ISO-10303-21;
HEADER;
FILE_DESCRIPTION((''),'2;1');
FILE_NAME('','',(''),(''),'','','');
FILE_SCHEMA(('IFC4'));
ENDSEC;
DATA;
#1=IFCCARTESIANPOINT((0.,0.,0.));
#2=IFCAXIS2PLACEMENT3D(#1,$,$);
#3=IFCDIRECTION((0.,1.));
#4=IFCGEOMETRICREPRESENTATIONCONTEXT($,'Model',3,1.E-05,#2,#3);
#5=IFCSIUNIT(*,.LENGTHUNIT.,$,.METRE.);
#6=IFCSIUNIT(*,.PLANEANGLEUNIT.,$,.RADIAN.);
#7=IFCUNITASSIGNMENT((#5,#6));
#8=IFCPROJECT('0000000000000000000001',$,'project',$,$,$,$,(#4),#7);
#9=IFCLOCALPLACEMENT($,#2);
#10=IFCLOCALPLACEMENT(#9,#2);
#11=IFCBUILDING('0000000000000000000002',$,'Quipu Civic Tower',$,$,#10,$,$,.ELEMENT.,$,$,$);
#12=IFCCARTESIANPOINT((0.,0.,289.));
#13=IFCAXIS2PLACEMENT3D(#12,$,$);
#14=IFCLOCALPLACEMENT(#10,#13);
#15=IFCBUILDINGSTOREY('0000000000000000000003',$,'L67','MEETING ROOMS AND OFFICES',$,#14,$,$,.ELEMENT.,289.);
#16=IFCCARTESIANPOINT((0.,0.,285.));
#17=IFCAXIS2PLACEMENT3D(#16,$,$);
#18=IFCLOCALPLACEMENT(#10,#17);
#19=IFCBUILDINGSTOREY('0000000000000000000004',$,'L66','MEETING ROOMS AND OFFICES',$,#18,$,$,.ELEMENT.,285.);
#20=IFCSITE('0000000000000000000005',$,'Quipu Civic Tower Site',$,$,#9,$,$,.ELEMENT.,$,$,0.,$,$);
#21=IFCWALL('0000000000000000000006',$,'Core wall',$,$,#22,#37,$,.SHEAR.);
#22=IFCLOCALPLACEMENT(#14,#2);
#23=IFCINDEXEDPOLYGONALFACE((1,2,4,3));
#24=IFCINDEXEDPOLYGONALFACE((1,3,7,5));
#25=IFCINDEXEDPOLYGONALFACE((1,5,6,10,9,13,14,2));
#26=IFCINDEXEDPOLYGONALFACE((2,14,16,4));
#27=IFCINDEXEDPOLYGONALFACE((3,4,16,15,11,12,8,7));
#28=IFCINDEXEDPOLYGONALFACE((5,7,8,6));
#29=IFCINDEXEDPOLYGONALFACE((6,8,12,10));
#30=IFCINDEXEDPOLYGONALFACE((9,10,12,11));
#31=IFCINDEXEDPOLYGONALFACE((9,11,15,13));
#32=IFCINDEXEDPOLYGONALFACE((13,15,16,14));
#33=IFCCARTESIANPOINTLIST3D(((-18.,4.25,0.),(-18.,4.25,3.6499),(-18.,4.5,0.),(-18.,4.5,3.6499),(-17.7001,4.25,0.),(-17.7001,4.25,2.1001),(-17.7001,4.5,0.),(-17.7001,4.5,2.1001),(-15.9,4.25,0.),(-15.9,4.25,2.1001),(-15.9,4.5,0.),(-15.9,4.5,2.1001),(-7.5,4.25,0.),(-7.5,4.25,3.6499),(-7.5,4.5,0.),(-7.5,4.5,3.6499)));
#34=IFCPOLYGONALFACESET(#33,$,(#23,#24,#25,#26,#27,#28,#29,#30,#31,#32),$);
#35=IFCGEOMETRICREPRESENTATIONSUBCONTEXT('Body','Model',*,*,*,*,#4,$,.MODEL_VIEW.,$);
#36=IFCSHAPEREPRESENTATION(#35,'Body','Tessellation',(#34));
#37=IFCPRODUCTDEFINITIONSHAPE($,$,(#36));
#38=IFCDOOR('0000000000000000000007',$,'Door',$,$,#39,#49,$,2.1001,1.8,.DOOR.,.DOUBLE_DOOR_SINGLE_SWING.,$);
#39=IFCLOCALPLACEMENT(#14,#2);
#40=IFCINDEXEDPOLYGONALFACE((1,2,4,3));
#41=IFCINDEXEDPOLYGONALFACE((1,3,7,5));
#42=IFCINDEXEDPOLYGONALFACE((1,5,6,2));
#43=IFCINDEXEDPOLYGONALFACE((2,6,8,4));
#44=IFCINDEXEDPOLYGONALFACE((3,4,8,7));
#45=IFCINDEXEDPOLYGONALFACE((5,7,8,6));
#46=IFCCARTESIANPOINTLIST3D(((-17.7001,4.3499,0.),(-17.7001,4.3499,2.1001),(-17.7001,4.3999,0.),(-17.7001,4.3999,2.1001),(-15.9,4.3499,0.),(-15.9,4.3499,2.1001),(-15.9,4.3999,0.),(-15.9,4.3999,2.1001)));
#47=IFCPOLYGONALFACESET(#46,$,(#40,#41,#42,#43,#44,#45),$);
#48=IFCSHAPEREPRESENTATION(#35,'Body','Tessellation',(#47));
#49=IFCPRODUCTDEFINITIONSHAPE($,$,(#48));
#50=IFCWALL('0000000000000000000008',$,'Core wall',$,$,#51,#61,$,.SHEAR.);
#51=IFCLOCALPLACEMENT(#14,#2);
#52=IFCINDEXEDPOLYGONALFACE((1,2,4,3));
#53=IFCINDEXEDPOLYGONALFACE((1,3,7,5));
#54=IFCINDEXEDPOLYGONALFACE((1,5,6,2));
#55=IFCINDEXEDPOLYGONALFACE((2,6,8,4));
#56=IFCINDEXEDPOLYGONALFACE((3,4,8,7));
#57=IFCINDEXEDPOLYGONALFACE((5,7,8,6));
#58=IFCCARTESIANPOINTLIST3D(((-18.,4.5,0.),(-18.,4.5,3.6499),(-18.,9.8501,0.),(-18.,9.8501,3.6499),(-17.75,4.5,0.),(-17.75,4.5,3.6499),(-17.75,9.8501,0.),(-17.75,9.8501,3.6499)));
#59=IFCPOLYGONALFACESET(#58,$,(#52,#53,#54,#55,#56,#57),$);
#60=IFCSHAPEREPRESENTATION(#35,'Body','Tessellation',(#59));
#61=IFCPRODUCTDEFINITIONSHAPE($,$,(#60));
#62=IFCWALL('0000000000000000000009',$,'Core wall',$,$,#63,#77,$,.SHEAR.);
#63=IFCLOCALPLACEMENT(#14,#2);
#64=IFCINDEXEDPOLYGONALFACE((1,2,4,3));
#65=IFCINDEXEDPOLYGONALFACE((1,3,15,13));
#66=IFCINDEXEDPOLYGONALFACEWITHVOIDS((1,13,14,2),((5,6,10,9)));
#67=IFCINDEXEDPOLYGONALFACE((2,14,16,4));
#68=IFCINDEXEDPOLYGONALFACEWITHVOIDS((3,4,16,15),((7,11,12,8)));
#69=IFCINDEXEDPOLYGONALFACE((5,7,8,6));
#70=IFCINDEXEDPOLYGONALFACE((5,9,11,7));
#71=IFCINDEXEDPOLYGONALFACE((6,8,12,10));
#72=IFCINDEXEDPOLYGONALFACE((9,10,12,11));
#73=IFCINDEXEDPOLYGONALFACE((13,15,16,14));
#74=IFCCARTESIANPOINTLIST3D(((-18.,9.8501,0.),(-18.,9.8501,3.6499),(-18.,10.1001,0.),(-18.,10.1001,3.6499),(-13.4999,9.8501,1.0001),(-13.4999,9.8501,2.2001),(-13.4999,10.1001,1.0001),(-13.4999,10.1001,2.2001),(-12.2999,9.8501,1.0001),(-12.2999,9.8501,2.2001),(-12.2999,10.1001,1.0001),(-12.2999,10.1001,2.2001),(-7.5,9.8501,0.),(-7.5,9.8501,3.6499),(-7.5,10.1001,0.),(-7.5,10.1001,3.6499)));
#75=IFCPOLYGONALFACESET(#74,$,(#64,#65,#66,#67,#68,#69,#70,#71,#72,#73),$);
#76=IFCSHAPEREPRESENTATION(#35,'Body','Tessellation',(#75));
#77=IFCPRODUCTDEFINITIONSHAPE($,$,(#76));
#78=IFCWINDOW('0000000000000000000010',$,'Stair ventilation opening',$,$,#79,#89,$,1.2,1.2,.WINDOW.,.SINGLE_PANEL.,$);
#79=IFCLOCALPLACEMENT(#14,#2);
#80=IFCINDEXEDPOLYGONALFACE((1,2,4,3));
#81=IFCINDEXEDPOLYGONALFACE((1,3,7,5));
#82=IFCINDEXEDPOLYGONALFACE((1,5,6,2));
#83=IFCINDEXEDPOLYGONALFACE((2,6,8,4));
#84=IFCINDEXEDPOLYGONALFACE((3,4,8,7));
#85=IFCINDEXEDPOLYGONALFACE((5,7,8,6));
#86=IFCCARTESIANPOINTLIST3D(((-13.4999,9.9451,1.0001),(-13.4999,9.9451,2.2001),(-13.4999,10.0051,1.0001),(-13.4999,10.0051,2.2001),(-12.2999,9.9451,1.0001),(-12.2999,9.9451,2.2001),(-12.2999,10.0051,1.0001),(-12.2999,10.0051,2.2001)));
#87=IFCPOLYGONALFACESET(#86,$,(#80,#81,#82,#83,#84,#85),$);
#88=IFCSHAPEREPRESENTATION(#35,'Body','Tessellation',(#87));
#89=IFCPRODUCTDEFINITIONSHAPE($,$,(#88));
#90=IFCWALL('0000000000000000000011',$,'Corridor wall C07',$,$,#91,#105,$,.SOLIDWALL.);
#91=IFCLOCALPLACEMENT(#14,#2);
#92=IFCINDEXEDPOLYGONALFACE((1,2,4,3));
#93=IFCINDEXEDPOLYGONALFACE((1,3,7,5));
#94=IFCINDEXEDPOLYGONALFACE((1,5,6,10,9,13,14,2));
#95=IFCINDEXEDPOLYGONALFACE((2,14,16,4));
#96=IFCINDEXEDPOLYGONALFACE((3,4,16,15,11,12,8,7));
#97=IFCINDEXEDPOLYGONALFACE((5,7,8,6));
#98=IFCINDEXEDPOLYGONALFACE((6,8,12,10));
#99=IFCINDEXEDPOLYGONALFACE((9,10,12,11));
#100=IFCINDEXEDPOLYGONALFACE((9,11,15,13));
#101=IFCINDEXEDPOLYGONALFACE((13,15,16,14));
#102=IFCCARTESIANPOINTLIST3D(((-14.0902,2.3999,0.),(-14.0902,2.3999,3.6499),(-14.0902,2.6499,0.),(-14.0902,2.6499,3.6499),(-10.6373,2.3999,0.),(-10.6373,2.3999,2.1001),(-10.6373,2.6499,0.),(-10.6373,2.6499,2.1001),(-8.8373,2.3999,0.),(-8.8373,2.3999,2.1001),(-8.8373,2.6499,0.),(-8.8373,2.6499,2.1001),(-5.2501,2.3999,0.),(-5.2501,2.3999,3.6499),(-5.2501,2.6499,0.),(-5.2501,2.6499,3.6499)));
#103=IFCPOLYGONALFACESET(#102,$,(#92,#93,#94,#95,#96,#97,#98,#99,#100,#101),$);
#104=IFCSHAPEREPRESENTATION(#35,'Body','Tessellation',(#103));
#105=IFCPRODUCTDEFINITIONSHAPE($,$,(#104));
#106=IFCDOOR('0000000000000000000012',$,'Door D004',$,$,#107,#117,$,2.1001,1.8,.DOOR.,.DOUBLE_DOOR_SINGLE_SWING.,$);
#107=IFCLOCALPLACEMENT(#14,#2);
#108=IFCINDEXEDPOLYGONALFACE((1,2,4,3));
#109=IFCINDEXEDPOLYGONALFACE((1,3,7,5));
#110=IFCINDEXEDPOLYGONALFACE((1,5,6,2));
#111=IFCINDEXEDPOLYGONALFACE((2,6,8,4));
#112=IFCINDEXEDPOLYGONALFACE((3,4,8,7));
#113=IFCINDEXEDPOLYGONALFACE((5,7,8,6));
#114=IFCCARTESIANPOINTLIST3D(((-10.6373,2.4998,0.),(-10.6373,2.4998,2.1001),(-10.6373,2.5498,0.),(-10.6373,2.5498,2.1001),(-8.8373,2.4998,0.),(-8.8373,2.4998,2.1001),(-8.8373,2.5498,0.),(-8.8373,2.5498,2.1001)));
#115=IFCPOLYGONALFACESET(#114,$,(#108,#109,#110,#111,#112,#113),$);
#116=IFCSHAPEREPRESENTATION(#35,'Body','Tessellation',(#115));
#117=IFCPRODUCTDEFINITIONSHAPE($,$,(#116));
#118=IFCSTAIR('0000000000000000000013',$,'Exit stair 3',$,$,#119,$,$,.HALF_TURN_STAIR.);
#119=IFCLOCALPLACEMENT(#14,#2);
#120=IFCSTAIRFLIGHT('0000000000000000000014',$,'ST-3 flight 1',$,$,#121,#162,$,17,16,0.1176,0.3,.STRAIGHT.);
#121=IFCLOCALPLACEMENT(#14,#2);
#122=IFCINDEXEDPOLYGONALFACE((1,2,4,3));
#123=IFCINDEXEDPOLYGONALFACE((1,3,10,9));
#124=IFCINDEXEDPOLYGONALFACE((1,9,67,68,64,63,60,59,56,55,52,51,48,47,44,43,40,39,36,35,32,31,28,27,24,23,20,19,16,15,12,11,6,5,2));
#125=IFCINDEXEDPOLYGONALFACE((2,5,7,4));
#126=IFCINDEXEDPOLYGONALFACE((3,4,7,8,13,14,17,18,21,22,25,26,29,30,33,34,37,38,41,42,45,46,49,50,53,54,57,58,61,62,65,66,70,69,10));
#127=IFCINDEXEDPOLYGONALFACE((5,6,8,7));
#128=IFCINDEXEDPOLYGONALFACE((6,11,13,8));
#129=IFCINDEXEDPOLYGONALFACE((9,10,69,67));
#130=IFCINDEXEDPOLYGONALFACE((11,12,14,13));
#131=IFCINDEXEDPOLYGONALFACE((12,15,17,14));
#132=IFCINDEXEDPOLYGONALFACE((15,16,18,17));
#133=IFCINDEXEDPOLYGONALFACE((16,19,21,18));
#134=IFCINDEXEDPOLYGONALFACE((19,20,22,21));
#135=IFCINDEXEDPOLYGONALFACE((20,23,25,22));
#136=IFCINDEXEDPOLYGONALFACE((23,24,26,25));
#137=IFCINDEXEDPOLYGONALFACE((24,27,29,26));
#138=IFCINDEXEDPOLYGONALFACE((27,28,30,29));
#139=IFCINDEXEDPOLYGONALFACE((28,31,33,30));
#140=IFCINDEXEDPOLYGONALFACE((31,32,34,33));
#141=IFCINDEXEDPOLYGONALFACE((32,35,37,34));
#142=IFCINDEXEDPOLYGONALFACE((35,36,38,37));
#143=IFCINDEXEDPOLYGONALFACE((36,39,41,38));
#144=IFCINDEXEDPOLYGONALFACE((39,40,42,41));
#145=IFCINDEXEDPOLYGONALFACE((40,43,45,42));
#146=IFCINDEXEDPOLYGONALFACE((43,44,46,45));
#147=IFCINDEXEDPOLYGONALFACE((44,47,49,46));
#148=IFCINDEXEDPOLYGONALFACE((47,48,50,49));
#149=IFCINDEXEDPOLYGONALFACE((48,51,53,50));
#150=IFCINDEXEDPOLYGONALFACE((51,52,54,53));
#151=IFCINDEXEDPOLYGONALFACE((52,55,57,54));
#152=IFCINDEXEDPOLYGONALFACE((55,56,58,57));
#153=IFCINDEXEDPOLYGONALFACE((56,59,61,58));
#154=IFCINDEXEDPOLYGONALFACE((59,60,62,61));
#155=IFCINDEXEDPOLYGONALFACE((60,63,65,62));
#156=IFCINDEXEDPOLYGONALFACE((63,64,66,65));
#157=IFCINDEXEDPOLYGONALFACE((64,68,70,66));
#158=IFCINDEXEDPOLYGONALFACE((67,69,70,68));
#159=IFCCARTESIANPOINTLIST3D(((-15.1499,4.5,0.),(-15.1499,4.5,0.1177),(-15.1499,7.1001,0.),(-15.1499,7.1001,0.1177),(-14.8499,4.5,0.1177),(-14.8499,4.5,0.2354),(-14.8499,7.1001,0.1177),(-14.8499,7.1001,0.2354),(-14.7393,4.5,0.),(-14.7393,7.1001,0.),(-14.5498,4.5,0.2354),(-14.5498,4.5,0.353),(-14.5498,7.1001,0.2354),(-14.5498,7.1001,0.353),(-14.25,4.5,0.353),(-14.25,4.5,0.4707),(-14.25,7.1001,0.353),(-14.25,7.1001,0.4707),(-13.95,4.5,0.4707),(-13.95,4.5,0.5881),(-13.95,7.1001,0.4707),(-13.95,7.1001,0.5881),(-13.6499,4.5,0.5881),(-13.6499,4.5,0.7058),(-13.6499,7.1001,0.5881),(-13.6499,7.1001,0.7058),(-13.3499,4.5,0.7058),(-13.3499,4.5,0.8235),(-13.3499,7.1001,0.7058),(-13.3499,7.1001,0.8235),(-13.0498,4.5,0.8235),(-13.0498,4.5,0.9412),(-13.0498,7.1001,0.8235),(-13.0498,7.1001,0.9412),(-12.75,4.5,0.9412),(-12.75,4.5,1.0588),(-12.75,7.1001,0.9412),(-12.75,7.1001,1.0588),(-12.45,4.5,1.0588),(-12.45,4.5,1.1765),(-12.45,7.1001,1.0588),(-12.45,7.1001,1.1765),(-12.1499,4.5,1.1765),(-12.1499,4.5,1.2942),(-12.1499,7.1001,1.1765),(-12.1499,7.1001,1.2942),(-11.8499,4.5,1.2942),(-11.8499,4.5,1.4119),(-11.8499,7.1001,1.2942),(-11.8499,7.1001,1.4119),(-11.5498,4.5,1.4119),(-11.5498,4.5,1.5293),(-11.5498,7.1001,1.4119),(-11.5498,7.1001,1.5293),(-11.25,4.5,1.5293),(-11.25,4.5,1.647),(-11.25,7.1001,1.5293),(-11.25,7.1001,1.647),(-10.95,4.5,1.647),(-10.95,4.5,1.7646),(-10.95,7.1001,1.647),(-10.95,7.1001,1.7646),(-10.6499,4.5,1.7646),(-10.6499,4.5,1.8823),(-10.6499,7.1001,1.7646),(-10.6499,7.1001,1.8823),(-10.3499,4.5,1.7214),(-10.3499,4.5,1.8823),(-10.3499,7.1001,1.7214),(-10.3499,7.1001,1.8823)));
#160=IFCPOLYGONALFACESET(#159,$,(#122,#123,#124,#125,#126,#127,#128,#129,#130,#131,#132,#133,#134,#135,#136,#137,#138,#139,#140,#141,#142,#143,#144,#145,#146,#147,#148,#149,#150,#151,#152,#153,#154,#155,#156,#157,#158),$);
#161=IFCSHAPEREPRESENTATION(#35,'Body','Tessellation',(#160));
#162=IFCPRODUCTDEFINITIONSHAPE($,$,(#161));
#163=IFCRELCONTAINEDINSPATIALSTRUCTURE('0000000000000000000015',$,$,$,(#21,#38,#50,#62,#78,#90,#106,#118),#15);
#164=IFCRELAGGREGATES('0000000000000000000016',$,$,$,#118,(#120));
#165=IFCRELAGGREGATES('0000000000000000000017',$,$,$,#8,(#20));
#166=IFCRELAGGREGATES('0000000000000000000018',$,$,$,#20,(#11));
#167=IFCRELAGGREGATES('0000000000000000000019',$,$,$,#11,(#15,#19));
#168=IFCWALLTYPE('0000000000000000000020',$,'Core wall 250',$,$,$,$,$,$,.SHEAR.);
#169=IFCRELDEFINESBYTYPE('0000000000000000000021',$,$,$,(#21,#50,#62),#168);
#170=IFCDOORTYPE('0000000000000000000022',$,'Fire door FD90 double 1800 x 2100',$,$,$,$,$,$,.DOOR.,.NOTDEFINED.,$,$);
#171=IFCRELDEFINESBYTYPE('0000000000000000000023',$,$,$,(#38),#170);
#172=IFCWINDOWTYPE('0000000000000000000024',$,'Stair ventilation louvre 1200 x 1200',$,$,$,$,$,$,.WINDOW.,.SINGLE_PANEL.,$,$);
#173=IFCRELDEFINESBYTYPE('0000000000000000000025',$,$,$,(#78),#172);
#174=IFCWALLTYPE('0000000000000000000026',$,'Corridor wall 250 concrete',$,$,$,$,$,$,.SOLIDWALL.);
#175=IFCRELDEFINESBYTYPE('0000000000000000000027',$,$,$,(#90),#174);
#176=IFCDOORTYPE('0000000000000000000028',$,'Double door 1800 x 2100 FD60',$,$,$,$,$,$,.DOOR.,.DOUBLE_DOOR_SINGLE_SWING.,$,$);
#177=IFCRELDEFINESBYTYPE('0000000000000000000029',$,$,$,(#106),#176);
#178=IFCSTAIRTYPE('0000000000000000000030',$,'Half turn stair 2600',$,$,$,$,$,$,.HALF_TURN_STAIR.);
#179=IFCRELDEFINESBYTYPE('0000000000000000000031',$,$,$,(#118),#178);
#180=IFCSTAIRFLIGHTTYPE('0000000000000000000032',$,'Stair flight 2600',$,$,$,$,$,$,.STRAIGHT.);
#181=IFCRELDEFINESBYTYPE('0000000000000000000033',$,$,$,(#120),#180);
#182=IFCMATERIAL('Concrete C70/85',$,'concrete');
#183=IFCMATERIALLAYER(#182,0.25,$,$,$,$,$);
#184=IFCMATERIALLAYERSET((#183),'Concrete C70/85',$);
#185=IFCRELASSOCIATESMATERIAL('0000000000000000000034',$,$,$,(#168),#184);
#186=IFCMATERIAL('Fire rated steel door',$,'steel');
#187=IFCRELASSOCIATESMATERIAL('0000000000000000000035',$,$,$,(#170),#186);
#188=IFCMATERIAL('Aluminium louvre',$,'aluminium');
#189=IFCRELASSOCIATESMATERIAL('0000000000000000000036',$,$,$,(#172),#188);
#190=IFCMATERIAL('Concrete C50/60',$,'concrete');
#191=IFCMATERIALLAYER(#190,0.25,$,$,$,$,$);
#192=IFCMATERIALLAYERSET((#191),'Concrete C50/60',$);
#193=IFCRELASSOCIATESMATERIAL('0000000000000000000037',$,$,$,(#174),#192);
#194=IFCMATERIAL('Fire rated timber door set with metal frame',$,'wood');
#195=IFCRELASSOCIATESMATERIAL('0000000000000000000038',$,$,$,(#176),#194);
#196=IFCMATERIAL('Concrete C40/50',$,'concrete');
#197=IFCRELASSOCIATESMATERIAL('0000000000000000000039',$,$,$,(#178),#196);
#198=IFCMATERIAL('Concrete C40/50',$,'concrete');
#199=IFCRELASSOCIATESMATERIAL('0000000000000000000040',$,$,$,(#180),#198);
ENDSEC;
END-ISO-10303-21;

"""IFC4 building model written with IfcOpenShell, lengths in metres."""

from ifc_helpers import new_model, si_unit, direction, frame, frame_2d, origin, place, context, subcontext, project, spatial, polyline, rectangle, outline, extrude, material, layer, layer_set, type_object, element, fill, aggregate, save


model = new_model("IFC4")

# Units and contexts
model_context = context("Model", 3, precision=1e-05, world=origin(), true_north=direction((0.0, 1.0)))
body_context = subcontext(model_context, "Body", "Model", "MODEL_VIEW")
ifc_project = project(units=[si_unit("LENGTHUNIT", "METRE"), si_unit("PLANEANGLEUNIT", "RADIAN")], contexts=[model_context])

# Site, building, storey
site_placement = place(None, origin())
site = spatial("IfcSite", under=ifc_project, at=site_placement, Name="Quipu Civic Tower Site", CompositionType="ELEMENT", RefElevation=0.0)
building_placement = place(site_placement, origin())
building = spatial("IfcBuilding", under=site, at=building_placement, Name="Quipu Civic Tower", CompositionType="ELEMENT")
storey_1_placement = place(building_placement, frame((0.0, 0.0, 289.0)))
storey_1 = spatial("IfcBuildingStorey", under=building, at=storey_1_placement, Name="L67", Description="MEETING ROOMS AND OFFICES", CompositionType="ELEMENT", Elevation=289.0)

# Shared definitions
storey_2_placement = place(building_placement, frame((0.0, 0.0, 285.0)))
storey_2 = spatial("IfcBuildingStorey", under=building, at=storey_2_placement, Name="L66", Description="MEETING ROOMS AND OFFICES", CompositionType="ELEMENT", Elevation=285.0)

# Shared definitions
ifc_material_1 = material(Name="Concrete C70/85", Category="concrete")
ifc_layer_1 = layer(ifc_material_1, 0.25)
ifc_layer_set_1 = layer_set([ifc_layer_1], Name="Concrete C70/85")
wall_type_1 = type_object("IfcWallType", Name="Core wall 250", PredefinedType="SHEAR", material=ifc_layer_set_1)
ifc_material_2 = material(Name="Fire rated steel door", Category="steel")
door_type_1 = type_object("IfcDoorType", Name="Fire door FD90 double 1800 x 2100", OperationType="NOTDEFINED", PredefinedType="DOOR", material=ifc_material_2)

# Wall, opening, door
wall_1_placement = place(storey_1_placement, frame((-18.0, 4.375, 0.0), z_axis=(0.0, 0.0, 1.0), x_axis=(1.0, 0.0, 0.0)))
wall_1 = element("IfcWall", 1, at=wall_1_placement, inside=storey_1, type_object=wall_type_1, Name="Core wall", PredefinedType="SHEAR", context=body_context, shape_type="SweptSolid", body=[
    extrude(rectangle(XDim=10.5, YDim=0.25, at=frame_2d((5.25, 0.0))), origin(), (0.0, 0.0, 1.0), 3.6499),
])
opening_1_placement = place(wall_1_placement, frame((0.3, 0.0, 0.0)))
opening_1 = element("IfcOpeningElement", 2, at=opening_1_placement, cuts=wall_1, PredefinedType="OPENING", context=body_context, shape_type="SweptSolid", body=[
    extrude(rectangle(XDim=1.8, YDim=2.1001, at=frame_2d((0.8999, 1.05))), frame((0.0, 0.135, 0.0), z_axis=(0.0, -1.0, 0.0), x_axis=(1.0, 0.0, 0.0)), (0.0, 0.0, 1.0), 0.27),
])
door_1_placement = place(opening_1_placement, origin())
door_1 = element("IfcDoor", 3, at=door_1_placement, inside=storey_1, type_object=door_type_1, Name="Door", OperationType="DOUBLE_DOOR_SINGLE_SWING", OverallHeight=2.1001, OverallWidth=1.8, PredefinedType="DOOR", context=body_context, shape_type="SweptSolid", body=[
    extrude(rectangle(XDim=1.8, YDim=2.1001, at=frame_2d((0.8999, 1.05))), frame((0.0, 0.0249, 0.0), z_axis=(0.0, -1.0, 0.0), x_axis=(1.0, 0.0, 0.0)), (0.0, 0.0, 1.0), 0.05),
])
fill(opening_1, door_1)

# Wall
wall_2_placement = place(storey_1_placement, frame((-17.875, 4.5, 0.0), z_axis=(0.0, 0.0, 1.0), x_axis=(0.0, 1.0, 0.0)))
element("IfcWall", 4, at=wall_2_placement, inside=storey_1, type_object=wall_type_1, Name="Core wall", PredefinedType="SHEAR", context=body_context, shape_type="SweptSolid", body=[
    extrude(rectangle(XDim=5.3501, YDim=0.25, at=frame_2d((2.675, 0.0))), origin(), (0.0, 0.0, 1.0), 3.6499),
])

# Wall, opening, window
wall_3_placement = place(storey_1_placement, frame((-18.0, 9.9751, 0.0), z_axis=(0.0, 0.0, 1.0), x_axis=(1.0, 0.0, 0.0)))
wall_3 = element("IfcWall", 5, at=wall_3_placement, inside=storey_1, type_object=wall_type_1, Name="Core wall", PredefinedType="SHEAR", context=body_context, shape_type="SweptSolid", body=[
    extrude(rectangle(XDim=10.5, YDim=0.25, at=frame_2d((5.25, 0.0))), origin(), (0.0, 0.0, 1.0), 3.6499),
])
opening_2_placement = place(wall_3_placement, frame((4.5, 0.0, 1.0)))
opening_2 = element("IfcOpeningElement", 6, at=opening_2_placement, cuts=wall_3, PredefinedType="OPENING", context=body_context, shape_type="SweptSolid", body=[
    extrude(rectangle(XDim=1.2, YDim=1.2, at=frame_2d((0.6001, 0.6001))), frame((0.0, 0.135, 0.0), z_axis=(0.0, -1.0, 0.0), x_axis=(1.0, 0.0, 0.0)), (0.0, 0.0, 1.0), 0.27),
])
ifc_material_3 = material(Name="Aluminium louvre", Category="aluminium")
window_type = type_object("IfcWindowType", Name="Stair ventilation louvre 1200 x 1200", PartitioningType="SINGLE_PANEL", PredefinedType="WINDOW", material=ifc_material_3)
window_placement = place(opening_2_placement, origin())
window = element("IfcWindow", 7, at=window_placement, inside=storey_1, type_object=window_type, Name="Stair ventilation opening", OverallHeight=1.2, OverallWidth=1.2, PartitioningType="SINGLE_PANEL", PredefinedType="WINDOW", context=body_context, shape_type="SweptSolid", body=[
    extrude(rectangle(XDim=1.2, YDim=1.2, at=frame_2d((0.6001, 0.6001))), frame((0.0, 0.03, 0.0), z_axis=(0.0, -1.0, 0.0), x_axis=(1.0, 0.0, 0.0)), (0.0, 0.0, 1.0), 0.0601),
])
fill(opening_2, window)

# Wall, opening, door
ifc_material_4 = material(Name="Concrete C50/60", Category="concrete")
ifc_layer_2 = layer(ifc_material_4, 0.25)
ifc_layer_set_2 = layer_set([ifc_layer_2], Name="Concrete C50/60")
wall_type_2 = type_object("IfcWallType", Name="Corridor wall 250 concrete", PredefinedType="SOLIDWALL", material=ifc_layer_set_2)
wall_4_placement = place(storey_1_placement, frame((-14.0901, 2.5249, 0.0), z_axis=(0.0, 0.0, 1.0), x_axis=(1.0, 0.0, 0.0)))
wall_4 = element("IfcWall", 8, at=wall_4_placement, inside=storey_1, type_object=wall_type_2, Name="Corridor wall C07", PredefinedType="SOLIDWALL", context=body_context, shape_type="SweptSolid", body=[
    extrude(rectangle(XDim=8.8401, YDim=0.25, at=frame_2d((4.4199, 0.0))), origin(), (0.0, 0.0, 1.0), 3.6499),
])
opening_3_placement = place(wall_4_placement, frame((3.4529, 0.0, 0.0)))
opening_3 = element("IfcOpeningElement", 9, at=opening_3_placement, cuts=wall_4, PredefinedType="OPENING", context=body_context, shape_type="SweptSolid", body=[
    extrude(rectangle(XDim=1.8, YDim=2.1001, at=frame_2d((0.8999, 1.05))), frame((0.0, 0.135, 0.0), z_axis=(0.0, -1.0, 0.0), x_axis=(1.0, 0.0, 0.0)), (0.0, 0.0, 1.0), 0.27),
])
ifc_material_5 = material(Name="Fire rated timber door set with metal frame", Category="wood")
door_type_2 = type_object("IfcDoorType", Name="Double door 1800 x 2100 FD60", OperationType="DOUBLE_DOOR_SINGLE_SWING", PredefinedType="DOOR", material=ifc_material_5)
door_2_placement = place(opening_3_placement, origin())
door_2 = element("IfcDoor", 10, at=door_2_placement, inside=storey_1, type_object=door_type_2, Name="Door D004", OperationType="DOUBLE_DOOR_SINGLE_SWING", OverallHeight=2.1001, OverallWidth=1.8, PredefinedType="DOOR", context=body_context, shape_type="SweptSolid", body=[
    extrude(rectangle(XDim=1.8, YDim=2.1001, at=frame_2d((0.8999, 1.05))), frame((0.0, 0.0249, 0.0), z_axis=(0.0, -1.0, 0.0), x_axis=(1.0, 0.0, 0.0)), (0.0, 0.0, 1.0), 0.05),
])
fill(opening_3, door_2)

# Stair, stair flight
ifc_material_6 = material(Name="Concrete C40/50", Category="concrete")
stair_type = type_object("IfcStairType", Name="Half turn stair 2600", PredefinedType="HALF_TURN_STAIR", material=ifc_material_6)
stair_placement = place(storey_1_placement, origin())
stair = element("IfcStair", 11, at=stair_placement, inside=storey_1, type_object=stair_type, Name="Exit stair 3", PredefinedType="HALF_TURN_STAIR")
ifc_material_7 = material(Name="Concrete C40/50", Category="concrete")
stair_flight_type = type_object("IfcStairFlightType", Name="Stair flight 2600", PredefinedType="STRAIGHT", material=ifc_material_7)
stair_flight_placement = place(storey_1_placement, frame((-15.1499, 5.8, 0.0), z_axis=(0.0, 0.0, 1.0), x_axis=(1.0, 0.0, 0.0)))
stair_flight = element("IfcStairFlight", 12, at=stair_flight_placement, type_object=stair_flight_type, Name="ST-3 flight 1", NumberOfRisers=17, NumberOfTreads=16, PredefinedType="STRAIGHT", RiserHeight=0.1176, TreadLength=0.3, context=body_context, shape_type="SweptSolid", body=[
    extrude(outline(polyline([(0.0, 0.0), (0.0, 0.1177), (0.3, 0.1177), (0.3, 0.2354), (0.6001, 0.2354), (0.6001, 0.353), (0.8999, 0.353), (0.8999, 0.4707), (1.2, 0.4707), (1.2, 0.5881), (1.5, 0.5881), (1.5, 0.7058), (1.8, 0.7058), (1.8, 0.8235), (2.1001, 0.8235), (2.1001, 0.9412), (2.3999, 0.9412), (2.3999, 1.0588), (2.7, 1.0588), (2.7, 1.1765), (3.0, 1.1765), (3.0, 1.2942), (3.3, 1.2942), (3.3, 1.4119), (3.6001, 1.4119), (3.6001, 1.5293), (3.8999, 1.5293), (3.8999, 1.647), (4.2, 1.647), (4.2, 1.7646), (4.5, 1.7646), (4.5, 1.8823), (4.8, 1.8823), (4.8, 2.0), (4.8, 1.7214), (0.4106, 0.0), (0.0, 0.0)])), frame((0.0, 1.3, 0.0), z_axis=(0.0, -1.0, 0.0), x_axis=(1.0, 0.0, 0.0)), (0.0, 0.0, 1.0), 2.6001),
])
aggregate(stair, [stair_flight])

save(model, "model.ifc")
